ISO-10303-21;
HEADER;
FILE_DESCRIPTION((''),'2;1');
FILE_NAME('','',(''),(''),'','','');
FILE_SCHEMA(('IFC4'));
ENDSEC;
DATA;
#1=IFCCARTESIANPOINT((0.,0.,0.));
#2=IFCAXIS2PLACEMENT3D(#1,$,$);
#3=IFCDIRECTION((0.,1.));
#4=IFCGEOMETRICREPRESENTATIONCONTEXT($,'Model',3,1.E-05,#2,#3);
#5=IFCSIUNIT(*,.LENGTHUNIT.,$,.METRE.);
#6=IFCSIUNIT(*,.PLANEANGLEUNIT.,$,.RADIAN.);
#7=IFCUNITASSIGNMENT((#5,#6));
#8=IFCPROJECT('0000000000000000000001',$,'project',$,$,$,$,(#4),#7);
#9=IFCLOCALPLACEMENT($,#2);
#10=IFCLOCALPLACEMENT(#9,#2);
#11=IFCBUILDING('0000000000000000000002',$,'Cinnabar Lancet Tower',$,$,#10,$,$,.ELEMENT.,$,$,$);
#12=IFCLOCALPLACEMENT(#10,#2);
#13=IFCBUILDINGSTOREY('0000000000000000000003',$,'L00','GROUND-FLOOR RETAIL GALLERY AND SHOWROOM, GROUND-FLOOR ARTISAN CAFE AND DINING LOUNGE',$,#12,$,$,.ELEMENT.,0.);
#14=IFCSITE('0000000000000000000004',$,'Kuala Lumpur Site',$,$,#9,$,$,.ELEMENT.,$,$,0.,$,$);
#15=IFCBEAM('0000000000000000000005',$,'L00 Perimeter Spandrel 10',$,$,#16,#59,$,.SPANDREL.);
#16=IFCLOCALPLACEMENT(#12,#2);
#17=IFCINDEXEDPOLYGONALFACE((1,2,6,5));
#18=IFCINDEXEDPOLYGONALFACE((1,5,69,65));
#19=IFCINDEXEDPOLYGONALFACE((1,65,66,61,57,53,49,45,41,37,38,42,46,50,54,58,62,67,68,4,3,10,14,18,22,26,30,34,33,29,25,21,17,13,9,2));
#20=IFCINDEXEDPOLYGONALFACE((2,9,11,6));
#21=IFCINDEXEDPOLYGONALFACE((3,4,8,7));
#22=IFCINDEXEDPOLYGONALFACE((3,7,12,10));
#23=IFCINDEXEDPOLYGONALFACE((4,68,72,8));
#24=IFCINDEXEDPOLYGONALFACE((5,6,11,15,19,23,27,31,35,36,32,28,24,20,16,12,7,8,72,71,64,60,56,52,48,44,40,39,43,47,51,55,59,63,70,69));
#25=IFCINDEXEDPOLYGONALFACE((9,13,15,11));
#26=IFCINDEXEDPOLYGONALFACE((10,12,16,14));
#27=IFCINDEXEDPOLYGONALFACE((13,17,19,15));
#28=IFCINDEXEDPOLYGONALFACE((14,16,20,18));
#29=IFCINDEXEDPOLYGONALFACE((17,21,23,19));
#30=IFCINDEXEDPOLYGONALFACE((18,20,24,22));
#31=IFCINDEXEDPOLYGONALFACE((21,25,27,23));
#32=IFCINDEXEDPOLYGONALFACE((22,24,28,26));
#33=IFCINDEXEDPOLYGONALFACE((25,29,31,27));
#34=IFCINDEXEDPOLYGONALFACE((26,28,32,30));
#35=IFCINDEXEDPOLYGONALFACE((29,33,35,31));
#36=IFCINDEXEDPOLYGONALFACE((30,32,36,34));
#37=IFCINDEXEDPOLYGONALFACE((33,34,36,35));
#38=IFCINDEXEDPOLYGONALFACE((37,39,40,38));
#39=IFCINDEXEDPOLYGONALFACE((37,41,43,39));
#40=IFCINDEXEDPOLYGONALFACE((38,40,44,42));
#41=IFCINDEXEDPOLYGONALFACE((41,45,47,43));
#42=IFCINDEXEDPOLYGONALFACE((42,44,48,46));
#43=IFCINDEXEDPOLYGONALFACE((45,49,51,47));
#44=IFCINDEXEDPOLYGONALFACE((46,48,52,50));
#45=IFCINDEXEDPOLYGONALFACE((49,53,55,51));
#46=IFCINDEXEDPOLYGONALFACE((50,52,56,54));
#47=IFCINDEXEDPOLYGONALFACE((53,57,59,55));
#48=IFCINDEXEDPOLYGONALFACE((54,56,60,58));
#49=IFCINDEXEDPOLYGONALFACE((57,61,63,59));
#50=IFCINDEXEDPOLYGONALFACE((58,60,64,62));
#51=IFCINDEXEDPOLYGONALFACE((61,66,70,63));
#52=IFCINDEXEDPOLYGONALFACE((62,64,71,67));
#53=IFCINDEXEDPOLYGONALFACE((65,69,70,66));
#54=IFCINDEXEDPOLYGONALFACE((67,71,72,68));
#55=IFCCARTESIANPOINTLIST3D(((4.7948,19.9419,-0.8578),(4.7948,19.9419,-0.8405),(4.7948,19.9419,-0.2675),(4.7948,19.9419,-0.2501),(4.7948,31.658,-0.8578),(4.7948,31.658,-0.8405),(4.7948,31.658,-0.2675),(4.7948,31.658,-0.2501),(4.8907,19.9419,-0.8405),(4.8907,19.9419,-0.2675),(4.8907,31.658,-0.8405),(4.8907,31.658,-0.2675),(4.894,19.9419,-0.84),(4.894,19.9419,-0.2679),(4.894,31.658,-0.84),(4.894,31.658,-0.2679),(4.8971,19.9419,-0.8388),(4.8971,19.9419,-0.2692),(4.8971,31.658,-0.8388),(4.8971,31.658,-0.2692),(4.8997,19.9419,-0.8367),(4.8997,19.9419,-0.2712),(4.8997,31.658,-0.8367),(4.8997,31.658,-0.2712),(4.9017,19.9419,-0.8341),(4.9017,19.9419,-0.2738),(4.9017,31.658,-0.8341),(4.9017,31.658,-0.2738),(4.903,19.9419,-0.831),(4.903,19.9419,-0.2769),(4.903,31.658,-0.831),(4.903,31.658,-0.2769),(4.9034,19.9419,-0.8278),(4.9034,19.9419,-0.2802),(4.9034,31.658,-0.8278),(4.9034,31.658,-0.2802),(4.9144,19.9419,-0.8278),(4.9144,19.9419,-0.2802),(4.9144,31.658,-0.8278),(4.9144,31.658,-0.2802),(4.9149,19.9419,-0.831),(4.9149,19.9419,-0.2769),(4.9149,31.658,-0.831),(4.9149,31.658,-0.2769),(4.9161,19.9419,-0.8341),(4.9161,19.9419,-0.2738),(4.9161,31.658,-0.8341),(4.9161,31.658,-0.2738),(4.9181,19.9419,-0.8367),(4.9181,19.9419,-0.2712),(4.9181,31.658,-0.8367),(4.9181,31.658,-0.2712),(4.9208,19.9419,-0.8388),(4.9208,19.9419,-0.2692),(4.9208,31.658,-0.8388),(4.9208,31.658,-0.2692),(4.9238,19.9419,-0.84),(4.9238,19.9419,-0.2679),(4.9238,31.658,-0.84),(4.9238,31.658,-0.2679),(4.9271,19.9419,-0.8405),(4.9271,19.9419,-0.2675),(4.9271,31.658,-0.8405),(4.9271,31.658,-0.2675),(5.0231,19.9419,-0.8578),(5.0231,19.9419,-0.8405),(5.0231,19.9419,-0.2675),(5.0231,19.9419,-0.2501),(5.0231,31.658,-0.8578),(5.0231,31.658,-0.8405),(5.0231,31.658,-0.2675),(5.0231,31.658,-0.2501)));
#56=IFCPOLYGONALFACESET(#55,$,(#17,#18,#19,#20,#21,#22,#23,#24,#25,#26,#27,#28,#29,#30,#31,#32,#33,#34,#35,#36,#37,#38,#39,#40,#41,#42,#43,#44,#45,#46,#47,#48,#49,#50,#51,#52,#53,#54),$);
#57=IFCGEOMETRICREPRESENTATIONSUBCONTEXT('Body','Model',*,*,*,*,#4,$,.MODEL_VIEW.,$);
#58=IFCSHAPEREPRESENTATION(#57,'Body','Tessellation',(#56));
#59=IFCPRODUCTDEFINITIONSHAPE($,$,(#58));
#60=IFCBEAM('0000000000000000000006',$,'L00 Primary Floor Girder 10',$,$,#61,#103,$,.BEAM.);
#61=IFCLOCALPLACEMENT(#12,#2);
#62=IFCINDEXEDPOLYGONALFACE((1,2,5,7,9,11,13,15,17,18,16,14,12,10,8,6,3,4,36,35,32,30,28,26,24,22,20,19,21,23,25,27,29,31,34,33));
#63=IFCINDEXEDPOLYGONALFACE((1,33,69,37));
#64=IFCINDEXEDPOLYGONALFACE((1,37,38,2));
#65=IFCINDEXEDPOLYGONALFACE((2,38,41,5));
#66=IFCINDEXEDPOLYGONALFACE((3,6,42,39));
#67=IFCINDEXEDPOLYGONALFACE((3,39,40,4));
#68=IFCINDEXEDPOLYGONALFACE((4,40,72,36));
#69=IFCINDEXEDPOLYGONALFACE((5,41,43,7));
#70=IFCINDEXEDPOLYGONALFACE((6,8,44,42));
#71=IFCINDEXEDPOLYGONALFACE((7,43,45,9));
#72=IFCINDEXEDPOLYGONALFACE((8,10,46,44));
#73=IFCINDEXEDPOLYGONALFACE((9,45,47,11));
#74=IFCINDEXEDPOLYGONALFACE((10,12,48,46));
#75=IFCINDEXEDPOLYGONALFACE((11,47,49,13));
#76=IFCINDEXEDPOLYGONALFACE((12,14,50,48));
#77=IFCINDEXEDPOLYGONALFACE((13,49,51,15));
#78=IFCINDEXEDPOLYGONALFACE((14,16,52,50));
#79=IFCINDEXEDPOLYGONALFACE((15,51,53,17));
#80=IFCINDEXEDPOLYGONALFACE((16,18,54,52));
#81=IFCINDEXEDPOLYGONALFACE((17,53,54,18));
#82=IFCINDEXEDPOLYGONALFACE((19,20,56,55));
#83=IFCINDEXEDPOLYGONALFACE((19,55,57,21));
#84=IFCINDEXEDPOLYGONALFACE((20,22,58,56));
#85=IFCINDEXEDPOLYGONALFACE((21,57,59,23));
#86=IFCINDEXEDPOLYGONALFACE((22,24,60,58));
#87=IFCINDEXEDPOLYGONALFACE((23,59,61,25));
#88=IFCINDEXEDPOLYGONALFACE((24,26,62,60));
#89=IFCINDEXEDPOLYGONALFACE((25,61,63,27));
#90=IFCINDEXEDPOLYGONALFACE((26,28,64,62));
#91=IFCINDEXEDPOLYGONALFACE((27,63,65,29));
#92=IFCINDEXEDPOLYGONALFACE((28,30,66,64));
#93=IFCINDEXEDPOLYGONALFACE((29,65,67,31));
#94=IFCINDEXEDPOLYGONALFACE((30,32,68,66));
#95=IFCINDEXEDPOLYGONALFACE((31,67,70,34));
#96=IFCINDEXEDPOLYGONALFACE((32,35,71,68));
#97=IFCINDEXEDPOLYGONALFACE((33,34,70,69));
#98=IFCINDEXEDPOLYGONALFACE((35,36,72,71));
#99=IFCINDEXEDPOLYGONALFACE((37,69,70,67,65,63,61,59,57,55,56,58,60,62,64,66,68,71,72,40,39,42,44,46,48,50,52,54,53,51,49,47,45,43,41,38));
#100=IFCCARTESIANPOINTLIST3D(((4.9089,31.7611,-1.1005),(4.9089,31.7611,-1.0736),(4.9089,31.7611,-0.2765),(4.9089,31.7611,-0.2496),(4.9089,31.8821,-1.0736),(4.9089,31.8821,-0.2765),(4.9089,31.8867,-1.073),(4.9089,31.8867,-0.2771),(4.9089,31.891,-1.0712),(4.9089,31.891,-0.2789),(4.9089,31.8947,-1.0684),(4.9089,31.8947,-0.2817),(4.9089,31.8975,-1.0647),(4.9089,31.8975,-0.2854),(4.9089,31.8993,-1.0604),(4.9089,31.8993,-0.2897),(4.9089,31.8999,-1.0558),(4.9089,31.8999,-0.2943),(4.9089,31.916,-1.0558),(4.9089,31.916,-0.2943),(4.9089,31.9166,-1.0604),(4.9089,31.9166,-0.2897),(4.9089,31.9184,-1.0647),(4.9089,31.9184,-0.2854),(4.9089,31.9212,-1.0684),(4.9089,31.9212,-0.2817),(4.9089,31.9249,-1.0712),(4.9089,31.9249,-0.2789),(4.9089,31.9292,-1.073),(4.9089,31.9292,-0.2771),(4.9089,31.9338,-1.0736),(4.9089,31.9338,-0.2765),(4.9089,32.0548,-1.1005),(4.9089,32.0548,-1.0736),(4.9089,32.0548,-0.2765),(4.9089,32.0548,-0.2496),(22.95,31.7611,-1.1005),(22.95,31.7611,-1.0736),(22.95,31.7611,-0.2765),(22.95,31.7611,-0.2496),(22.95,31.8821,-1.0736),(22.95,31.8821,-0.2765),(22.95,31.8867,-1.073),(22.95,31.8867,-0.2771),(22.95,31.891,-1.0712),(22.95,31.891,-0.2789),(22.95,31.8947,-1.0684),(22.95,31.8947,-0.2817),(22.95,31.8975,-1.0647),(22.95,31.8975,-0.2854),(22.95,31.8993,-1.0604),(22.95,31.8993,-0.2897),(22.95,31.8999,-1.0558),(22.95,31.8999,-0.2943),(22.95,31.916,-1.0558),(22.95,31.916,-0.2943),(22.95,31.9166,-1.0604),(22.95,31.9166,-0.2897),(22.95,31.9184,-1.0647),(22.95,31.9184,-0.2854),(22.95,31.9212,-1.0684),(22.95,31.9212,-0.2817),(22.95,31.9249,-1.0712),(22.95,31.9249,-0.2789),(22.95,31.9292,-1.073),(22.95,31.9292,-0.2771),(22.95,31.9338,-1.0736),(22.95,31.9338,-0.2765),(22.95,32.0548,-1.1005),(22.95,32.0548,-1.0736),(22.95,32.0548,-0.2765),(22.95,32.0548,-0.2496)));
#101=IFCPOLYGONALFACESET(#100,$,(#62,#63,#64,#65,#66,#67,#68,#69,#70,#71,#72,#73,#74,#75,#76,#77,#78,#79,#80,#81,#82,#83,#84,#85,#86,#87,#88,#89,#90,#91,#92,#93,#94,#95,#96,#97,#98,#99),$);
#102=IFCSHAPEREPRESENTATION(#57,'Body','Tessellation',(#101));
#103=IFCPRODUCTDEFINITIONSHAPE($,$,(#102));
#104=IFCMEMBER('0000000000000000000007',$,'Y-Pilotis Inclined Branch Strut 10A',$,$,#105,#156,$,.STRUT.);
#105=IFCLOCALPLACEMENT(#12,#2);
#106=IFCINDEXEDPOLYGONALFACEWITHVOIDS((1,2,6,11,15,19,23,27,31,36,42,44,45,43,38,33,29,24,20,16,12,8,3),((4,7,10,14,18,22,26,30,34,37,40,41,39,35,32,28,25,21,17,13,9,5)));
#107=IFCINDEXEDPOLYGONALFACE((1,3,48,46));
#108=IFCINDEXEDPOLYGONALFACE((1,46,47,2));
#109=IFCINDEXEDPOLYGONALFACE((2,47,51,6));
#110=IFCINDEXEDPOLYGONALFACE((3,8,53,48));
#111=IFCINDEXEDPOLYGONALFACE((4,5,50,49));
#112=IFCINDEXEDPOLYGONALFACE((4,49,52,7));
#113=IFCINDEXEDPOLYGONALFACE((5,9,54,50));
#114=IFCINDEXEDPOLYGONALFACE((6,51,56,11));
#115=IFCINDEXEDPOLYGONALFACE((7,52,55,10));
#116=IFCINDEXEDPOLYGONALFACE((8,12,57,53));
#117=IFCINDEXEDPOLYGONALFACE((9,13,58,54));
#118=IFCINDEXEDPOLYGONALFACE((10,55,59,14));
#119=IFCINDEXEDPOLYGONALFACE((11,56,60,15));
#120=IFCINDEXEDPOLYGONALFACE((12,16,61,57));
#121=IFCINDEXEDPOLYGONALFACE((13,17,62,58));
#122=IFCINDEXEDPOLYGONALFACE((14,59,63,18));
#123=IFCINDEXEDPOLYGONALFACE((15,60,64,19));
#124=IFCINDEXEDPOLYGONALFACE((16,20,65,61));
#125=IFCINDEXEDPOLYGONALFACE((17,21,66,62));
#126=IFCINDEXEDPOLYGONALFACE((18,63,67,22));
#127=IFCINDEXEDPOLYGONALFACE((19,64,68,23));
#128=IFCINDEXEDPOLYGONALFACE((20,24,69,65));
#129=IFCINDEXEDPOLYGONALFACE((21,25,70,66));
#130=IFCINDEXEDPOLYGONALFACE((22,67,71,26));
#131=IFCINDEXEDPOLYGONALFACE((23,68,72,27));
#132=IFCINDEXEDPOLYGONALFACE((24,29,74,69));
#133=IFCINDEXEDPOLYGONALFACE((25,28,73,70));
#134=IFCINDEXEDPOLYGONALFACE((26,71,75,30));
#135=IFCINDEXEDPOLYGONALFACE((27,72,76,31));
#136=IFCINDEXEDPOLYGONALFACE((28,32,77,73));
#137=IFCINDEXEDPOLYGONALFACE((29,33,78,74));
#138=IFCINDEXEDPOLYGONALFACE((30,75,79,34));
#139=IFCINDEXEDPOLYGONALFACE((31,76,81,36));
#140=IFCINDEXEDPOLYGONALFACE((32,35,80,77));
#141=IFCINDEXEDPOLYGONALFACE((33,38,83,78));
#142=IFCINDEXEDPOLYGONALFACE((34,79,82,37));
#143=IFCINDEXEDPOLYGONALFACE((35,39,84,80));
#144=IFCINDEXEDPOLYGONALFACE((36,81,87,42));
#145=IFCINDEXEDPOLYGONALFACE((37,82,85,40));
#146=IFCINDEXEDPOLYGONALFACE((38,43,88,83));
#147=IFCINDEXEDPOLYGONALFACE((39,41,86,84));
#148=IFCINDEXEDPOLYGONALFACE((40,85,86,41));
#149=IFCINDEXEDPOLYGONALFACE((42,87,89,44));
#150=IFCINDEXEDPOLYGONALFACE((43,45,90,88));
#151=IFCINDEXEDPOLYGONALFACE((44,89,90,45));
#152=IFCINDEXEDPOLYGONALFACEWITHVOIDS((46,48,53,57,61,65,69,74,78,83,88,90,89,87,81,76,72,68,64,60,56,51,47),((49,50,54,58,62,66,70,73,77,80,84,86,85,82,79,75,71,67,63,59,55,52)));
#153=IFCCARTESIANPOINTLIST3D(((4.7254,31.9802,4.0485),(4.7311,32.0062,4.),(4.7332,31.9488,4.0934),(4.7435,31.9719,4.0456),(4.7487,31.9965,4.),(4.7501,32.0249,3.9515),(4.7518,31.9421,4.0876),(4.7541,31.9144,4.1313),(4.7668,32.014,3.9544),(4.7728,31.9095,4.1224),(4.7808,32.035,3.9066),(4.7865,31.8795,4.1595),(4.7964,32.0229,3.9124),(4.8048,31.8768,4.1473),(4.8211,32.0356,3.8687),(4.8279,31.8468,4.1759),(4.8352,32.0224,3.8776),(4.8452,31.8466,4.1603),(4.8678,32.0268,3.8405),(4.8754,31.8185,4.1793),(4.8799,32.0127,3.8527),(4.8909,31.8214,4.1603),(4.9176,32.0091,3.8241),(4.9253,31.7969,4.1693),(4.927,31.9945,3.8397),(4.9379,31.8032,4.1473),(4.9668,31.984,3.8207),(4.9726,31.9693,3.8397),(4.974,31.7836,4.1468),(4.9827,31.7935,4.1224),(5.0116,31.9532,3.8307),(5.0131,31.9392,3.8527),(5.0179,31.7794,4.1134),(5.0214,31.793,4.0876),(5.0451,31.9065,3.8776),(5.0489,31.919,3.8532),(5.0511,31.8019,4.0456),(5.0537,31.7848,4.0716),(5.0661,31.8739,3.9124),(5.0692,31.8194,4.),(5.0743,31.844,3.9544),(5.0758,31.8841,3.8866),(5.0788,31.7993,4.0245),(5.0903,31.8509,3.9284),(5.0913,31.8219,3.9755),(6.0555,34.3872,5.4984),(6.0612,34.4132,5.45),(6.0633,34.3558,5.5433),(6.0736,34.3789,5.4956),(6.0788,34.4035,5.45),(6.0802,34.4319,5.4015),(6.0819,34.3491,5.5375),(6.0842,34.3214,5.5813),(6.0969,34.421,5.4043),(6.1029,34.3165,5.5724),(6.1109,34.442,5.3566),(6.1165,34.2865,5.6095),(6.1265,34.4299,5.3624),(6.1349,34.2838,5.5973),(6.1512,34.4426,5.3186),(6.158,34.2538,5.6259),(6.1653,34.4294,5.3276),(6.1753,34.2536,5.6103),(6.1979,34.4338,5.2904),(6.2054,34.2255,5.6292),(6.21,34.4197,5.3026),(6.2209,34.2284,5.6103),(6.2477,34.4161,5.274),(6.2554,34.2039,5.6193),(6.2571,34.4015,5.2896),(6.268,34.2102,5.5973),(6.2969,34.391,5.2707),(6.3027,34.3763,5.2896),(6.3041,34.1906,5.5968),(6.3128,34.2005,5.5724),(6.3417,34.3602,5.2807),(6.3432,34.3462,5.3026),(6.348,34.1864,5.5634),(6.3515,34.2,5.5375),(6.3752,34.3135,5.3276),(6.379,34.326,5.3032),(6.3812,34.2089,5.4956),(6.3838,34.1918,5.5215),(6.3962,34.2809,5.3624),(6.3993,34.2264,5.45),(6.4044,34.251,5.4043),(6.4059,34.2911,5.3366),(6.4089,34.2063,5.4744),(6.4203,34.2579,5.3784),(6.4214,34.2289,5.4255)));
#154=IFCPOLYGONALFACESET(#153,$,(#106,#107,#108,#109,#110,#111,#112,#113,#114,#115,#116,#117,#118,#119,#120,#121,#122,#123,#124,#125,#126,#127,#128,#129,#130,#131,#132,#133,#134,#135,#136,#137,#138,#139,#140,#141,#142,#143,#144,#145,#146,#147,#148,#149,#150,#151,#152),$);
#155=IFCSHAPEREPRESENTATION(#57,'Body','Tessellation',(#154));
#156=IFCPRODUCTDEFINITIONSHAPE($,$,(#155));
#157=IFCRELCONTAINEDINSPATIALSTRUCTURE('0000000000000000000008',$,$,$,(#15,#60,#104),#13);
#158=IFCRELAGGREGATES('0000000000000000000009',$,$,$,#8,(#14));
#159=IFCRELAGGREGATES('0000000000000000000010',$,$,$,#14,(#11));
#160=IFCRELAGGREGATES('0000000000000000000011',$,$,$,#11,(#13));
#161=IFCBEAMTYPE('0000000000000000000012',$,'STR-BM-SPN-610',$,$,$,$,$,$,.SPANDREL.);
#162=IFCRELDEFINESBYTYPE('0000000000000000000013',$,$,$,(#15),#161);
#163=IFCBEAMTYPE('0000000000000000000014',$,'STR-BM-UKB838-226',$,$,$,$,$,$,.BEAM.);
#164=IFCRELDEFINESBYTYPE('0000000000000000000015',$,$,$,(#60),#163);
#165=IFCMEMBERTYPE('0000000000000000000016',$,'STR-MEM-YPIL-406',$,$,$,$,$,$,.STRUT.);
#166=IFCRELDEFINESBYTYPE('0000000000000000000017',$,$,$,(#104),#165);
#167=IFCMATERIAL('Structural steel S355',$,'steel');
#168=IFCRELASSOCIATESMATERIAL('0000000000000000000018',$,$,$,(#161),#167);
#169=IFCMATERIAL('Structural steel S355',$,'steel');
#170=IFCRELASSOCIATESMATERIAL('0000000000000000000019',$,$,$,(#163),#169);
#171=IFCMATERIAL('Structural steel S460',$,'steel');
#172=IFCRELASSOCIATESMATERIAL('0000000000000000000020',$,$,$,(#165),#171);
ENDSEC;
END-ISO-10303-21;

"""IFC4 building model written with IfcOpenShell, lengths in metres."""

from ifc_helpers import new_model, si_unit, direction, frame, origin, origin_2d, place, context, subcontext, project, spatial, hollow_circle, i_section, extrude, material, material_profile, profile_set, type_object, element, save


model = new_model("IFC4")

# Units and contexts
model_context = context("Model", 3, precision=1e-05, world=origin(), true_north=direction((0.0, 1.0)))
body_context = subcontext(model_context, "Body", "Model", "MODEL_VIEW")
ifc_project = project(units=[si_unit("LENGTHUNIT", "METRE"), si_unit("PLANEANGLEUNIT", "RADIAN")], contexts=[model_context])

# Site, building, storey
site_placement = place(None, origin())
site = spatial("IfcSite", under=ifc_project, at=site_placement, Name="Kuala Lumpur Site", CompositionType="ELEMENT", RefElevation=0.0)
building_placement = place(site_placement, origin())
building = spatial("IfcBuilding", under=site, at=building_placement, Name="Cinnabar Lancet Tower", CompositionType="ELEMENT")
storey_placement = place(building_placement, origin())
storey = spatial("IfcBuildingStorey", under=building, at=storey_placement, Name="L00", Description="GROUND-FLOOR RETAIL GALLERY AND SHOWROOM, GROUND-FLOOR ARTISAN CAFE AND DINING LOUNGE", CompositionType="ELEMENT", Elevation=0.0)

# Beams
ifc_material_1 = material(Name="Structural steel S355", Category="steel")
ifc_material_profile_1 = material_profile(ifc_material_1, i_section(OverallWidth=0.2283, OverallDepth=0.6077, WebThickness=0.011, FlangeThickness=0.0173, FilletRadius=0.0127, at=origin_2d()), Name="UKB 610x229x113")
ifc_profile_set_1 = profile_set([ifc_material_profile_1], Name="Structural steel S355")
beam_type_1 = type_object("IfcBeamType", Name="STR-BM-SPN-610", PredefinedType="SPANDREL", material=ifc_profile_set_1)
beam_1_placement = place(storey_placement, frame((4.9089, 31.658, -0.554), z_axis=(0.0, -1.0, 0.0), x_axis=(1.0, 0.0, 0.0)))
element("IfcBeam", 1, at=beam_1_placement, inside=storey, type_object=beam_type_1, Name="L00 Perimeter Spandrel 10", PredefinedType="SPANDREL", context=body_context, shape_type="SweptSolid", body=[
    extrude(i_section(OverallWidth=0.2283, OverallDepth=0.6077, WebThickness=0.011, FlangeThickness=0.0173, FilletRadius=0.0127, at=origin_2d()), origin(), (0.0, 0.0, 1.0), 11.7161),
])
ifc_material_2 = material(Name="Structural steel S355", Category="steel")
ifc_material_profile_2 = material_profile(ifc_material_2, i_section(OverallWidth=0.2937, OverallDepth=0.8508, WebThickness=0.0161, FlangeThickness=0.0269, FilletRadius=0.0178, at=origin_2d()), Name="UKB 838x292x226")
ifc_profile_set_2 = profile_set([ifc_material_profile_2], Name="Structural steel S355")
beam_type_2 = type_object("IfcBeamType", Name="STR-BM-UKB838-226", PredefinedType="BEAM", material=ifc_profile_set_2)
beam_2_placement = place(storey_placement, frame((4.9089, 31.908, -0.675), z_axis=(1.0, 0.0, 0.0), x_axis=(0.0, 1.0, 0.0)))
element("IfcBeam", 2, at=beam_2_placement, inside=storey, type_object=beam_type_2, Name="L00 Primary Floor Girder 10", PredefinedType="BEAM", context=body_context, shape_type="SweptSolid", body=[
    extrude(i_section(OverallWidth=0.2937, OverallDepth=0.8508, WebThickness=0.0161, FlangeThickness=0.0269, FilletRadius=0.0178, at=origin_2d()), origin(), (0.0, 0.0, 1.0), 18.041),
])

# Member
ifc_material_3 = material(Name="Structural steel S460", Category="steel")
ifc_material_profile_3 = material_profile(ifc_material_3, hollow_circle(Radius=0.2031, WallThickness=0.02, at=origin_2d()), Name="CHS 406.4x20")
ifc_profile_set_3 = profile_set([ifc_material_profile_3], Name="Structural steel S460")
member_type_1 = type_object("IfcMemberType", Name="STR-MEM-YPIL-406", PredefinedType="STRUT", material=ifc_profile_set_3)
member_1_placement = place(storey_placement, frame((4.9089, 31.908, 4.0), z_axis=(0.427834, 0.774232, 0.466393), x_axis=(-0.875256, 0.483659, 0.0)))
element("IfcMember", 3, at=member_1_placement, inside=storey, type_object=member_type_1, Name="Y-Pilotis Inclined Branch Strut 10A", PredefinedType="STRUT", context=body_context, shape_type="SweptSolid", body=[
    extrude(hollow_circle(Radius=0.2031, WallThickness=0.02, at=origin_2d()), origin(), (0.0, 0.0, 1.0), 3.1089),
])

save(model, "model.ifc")
